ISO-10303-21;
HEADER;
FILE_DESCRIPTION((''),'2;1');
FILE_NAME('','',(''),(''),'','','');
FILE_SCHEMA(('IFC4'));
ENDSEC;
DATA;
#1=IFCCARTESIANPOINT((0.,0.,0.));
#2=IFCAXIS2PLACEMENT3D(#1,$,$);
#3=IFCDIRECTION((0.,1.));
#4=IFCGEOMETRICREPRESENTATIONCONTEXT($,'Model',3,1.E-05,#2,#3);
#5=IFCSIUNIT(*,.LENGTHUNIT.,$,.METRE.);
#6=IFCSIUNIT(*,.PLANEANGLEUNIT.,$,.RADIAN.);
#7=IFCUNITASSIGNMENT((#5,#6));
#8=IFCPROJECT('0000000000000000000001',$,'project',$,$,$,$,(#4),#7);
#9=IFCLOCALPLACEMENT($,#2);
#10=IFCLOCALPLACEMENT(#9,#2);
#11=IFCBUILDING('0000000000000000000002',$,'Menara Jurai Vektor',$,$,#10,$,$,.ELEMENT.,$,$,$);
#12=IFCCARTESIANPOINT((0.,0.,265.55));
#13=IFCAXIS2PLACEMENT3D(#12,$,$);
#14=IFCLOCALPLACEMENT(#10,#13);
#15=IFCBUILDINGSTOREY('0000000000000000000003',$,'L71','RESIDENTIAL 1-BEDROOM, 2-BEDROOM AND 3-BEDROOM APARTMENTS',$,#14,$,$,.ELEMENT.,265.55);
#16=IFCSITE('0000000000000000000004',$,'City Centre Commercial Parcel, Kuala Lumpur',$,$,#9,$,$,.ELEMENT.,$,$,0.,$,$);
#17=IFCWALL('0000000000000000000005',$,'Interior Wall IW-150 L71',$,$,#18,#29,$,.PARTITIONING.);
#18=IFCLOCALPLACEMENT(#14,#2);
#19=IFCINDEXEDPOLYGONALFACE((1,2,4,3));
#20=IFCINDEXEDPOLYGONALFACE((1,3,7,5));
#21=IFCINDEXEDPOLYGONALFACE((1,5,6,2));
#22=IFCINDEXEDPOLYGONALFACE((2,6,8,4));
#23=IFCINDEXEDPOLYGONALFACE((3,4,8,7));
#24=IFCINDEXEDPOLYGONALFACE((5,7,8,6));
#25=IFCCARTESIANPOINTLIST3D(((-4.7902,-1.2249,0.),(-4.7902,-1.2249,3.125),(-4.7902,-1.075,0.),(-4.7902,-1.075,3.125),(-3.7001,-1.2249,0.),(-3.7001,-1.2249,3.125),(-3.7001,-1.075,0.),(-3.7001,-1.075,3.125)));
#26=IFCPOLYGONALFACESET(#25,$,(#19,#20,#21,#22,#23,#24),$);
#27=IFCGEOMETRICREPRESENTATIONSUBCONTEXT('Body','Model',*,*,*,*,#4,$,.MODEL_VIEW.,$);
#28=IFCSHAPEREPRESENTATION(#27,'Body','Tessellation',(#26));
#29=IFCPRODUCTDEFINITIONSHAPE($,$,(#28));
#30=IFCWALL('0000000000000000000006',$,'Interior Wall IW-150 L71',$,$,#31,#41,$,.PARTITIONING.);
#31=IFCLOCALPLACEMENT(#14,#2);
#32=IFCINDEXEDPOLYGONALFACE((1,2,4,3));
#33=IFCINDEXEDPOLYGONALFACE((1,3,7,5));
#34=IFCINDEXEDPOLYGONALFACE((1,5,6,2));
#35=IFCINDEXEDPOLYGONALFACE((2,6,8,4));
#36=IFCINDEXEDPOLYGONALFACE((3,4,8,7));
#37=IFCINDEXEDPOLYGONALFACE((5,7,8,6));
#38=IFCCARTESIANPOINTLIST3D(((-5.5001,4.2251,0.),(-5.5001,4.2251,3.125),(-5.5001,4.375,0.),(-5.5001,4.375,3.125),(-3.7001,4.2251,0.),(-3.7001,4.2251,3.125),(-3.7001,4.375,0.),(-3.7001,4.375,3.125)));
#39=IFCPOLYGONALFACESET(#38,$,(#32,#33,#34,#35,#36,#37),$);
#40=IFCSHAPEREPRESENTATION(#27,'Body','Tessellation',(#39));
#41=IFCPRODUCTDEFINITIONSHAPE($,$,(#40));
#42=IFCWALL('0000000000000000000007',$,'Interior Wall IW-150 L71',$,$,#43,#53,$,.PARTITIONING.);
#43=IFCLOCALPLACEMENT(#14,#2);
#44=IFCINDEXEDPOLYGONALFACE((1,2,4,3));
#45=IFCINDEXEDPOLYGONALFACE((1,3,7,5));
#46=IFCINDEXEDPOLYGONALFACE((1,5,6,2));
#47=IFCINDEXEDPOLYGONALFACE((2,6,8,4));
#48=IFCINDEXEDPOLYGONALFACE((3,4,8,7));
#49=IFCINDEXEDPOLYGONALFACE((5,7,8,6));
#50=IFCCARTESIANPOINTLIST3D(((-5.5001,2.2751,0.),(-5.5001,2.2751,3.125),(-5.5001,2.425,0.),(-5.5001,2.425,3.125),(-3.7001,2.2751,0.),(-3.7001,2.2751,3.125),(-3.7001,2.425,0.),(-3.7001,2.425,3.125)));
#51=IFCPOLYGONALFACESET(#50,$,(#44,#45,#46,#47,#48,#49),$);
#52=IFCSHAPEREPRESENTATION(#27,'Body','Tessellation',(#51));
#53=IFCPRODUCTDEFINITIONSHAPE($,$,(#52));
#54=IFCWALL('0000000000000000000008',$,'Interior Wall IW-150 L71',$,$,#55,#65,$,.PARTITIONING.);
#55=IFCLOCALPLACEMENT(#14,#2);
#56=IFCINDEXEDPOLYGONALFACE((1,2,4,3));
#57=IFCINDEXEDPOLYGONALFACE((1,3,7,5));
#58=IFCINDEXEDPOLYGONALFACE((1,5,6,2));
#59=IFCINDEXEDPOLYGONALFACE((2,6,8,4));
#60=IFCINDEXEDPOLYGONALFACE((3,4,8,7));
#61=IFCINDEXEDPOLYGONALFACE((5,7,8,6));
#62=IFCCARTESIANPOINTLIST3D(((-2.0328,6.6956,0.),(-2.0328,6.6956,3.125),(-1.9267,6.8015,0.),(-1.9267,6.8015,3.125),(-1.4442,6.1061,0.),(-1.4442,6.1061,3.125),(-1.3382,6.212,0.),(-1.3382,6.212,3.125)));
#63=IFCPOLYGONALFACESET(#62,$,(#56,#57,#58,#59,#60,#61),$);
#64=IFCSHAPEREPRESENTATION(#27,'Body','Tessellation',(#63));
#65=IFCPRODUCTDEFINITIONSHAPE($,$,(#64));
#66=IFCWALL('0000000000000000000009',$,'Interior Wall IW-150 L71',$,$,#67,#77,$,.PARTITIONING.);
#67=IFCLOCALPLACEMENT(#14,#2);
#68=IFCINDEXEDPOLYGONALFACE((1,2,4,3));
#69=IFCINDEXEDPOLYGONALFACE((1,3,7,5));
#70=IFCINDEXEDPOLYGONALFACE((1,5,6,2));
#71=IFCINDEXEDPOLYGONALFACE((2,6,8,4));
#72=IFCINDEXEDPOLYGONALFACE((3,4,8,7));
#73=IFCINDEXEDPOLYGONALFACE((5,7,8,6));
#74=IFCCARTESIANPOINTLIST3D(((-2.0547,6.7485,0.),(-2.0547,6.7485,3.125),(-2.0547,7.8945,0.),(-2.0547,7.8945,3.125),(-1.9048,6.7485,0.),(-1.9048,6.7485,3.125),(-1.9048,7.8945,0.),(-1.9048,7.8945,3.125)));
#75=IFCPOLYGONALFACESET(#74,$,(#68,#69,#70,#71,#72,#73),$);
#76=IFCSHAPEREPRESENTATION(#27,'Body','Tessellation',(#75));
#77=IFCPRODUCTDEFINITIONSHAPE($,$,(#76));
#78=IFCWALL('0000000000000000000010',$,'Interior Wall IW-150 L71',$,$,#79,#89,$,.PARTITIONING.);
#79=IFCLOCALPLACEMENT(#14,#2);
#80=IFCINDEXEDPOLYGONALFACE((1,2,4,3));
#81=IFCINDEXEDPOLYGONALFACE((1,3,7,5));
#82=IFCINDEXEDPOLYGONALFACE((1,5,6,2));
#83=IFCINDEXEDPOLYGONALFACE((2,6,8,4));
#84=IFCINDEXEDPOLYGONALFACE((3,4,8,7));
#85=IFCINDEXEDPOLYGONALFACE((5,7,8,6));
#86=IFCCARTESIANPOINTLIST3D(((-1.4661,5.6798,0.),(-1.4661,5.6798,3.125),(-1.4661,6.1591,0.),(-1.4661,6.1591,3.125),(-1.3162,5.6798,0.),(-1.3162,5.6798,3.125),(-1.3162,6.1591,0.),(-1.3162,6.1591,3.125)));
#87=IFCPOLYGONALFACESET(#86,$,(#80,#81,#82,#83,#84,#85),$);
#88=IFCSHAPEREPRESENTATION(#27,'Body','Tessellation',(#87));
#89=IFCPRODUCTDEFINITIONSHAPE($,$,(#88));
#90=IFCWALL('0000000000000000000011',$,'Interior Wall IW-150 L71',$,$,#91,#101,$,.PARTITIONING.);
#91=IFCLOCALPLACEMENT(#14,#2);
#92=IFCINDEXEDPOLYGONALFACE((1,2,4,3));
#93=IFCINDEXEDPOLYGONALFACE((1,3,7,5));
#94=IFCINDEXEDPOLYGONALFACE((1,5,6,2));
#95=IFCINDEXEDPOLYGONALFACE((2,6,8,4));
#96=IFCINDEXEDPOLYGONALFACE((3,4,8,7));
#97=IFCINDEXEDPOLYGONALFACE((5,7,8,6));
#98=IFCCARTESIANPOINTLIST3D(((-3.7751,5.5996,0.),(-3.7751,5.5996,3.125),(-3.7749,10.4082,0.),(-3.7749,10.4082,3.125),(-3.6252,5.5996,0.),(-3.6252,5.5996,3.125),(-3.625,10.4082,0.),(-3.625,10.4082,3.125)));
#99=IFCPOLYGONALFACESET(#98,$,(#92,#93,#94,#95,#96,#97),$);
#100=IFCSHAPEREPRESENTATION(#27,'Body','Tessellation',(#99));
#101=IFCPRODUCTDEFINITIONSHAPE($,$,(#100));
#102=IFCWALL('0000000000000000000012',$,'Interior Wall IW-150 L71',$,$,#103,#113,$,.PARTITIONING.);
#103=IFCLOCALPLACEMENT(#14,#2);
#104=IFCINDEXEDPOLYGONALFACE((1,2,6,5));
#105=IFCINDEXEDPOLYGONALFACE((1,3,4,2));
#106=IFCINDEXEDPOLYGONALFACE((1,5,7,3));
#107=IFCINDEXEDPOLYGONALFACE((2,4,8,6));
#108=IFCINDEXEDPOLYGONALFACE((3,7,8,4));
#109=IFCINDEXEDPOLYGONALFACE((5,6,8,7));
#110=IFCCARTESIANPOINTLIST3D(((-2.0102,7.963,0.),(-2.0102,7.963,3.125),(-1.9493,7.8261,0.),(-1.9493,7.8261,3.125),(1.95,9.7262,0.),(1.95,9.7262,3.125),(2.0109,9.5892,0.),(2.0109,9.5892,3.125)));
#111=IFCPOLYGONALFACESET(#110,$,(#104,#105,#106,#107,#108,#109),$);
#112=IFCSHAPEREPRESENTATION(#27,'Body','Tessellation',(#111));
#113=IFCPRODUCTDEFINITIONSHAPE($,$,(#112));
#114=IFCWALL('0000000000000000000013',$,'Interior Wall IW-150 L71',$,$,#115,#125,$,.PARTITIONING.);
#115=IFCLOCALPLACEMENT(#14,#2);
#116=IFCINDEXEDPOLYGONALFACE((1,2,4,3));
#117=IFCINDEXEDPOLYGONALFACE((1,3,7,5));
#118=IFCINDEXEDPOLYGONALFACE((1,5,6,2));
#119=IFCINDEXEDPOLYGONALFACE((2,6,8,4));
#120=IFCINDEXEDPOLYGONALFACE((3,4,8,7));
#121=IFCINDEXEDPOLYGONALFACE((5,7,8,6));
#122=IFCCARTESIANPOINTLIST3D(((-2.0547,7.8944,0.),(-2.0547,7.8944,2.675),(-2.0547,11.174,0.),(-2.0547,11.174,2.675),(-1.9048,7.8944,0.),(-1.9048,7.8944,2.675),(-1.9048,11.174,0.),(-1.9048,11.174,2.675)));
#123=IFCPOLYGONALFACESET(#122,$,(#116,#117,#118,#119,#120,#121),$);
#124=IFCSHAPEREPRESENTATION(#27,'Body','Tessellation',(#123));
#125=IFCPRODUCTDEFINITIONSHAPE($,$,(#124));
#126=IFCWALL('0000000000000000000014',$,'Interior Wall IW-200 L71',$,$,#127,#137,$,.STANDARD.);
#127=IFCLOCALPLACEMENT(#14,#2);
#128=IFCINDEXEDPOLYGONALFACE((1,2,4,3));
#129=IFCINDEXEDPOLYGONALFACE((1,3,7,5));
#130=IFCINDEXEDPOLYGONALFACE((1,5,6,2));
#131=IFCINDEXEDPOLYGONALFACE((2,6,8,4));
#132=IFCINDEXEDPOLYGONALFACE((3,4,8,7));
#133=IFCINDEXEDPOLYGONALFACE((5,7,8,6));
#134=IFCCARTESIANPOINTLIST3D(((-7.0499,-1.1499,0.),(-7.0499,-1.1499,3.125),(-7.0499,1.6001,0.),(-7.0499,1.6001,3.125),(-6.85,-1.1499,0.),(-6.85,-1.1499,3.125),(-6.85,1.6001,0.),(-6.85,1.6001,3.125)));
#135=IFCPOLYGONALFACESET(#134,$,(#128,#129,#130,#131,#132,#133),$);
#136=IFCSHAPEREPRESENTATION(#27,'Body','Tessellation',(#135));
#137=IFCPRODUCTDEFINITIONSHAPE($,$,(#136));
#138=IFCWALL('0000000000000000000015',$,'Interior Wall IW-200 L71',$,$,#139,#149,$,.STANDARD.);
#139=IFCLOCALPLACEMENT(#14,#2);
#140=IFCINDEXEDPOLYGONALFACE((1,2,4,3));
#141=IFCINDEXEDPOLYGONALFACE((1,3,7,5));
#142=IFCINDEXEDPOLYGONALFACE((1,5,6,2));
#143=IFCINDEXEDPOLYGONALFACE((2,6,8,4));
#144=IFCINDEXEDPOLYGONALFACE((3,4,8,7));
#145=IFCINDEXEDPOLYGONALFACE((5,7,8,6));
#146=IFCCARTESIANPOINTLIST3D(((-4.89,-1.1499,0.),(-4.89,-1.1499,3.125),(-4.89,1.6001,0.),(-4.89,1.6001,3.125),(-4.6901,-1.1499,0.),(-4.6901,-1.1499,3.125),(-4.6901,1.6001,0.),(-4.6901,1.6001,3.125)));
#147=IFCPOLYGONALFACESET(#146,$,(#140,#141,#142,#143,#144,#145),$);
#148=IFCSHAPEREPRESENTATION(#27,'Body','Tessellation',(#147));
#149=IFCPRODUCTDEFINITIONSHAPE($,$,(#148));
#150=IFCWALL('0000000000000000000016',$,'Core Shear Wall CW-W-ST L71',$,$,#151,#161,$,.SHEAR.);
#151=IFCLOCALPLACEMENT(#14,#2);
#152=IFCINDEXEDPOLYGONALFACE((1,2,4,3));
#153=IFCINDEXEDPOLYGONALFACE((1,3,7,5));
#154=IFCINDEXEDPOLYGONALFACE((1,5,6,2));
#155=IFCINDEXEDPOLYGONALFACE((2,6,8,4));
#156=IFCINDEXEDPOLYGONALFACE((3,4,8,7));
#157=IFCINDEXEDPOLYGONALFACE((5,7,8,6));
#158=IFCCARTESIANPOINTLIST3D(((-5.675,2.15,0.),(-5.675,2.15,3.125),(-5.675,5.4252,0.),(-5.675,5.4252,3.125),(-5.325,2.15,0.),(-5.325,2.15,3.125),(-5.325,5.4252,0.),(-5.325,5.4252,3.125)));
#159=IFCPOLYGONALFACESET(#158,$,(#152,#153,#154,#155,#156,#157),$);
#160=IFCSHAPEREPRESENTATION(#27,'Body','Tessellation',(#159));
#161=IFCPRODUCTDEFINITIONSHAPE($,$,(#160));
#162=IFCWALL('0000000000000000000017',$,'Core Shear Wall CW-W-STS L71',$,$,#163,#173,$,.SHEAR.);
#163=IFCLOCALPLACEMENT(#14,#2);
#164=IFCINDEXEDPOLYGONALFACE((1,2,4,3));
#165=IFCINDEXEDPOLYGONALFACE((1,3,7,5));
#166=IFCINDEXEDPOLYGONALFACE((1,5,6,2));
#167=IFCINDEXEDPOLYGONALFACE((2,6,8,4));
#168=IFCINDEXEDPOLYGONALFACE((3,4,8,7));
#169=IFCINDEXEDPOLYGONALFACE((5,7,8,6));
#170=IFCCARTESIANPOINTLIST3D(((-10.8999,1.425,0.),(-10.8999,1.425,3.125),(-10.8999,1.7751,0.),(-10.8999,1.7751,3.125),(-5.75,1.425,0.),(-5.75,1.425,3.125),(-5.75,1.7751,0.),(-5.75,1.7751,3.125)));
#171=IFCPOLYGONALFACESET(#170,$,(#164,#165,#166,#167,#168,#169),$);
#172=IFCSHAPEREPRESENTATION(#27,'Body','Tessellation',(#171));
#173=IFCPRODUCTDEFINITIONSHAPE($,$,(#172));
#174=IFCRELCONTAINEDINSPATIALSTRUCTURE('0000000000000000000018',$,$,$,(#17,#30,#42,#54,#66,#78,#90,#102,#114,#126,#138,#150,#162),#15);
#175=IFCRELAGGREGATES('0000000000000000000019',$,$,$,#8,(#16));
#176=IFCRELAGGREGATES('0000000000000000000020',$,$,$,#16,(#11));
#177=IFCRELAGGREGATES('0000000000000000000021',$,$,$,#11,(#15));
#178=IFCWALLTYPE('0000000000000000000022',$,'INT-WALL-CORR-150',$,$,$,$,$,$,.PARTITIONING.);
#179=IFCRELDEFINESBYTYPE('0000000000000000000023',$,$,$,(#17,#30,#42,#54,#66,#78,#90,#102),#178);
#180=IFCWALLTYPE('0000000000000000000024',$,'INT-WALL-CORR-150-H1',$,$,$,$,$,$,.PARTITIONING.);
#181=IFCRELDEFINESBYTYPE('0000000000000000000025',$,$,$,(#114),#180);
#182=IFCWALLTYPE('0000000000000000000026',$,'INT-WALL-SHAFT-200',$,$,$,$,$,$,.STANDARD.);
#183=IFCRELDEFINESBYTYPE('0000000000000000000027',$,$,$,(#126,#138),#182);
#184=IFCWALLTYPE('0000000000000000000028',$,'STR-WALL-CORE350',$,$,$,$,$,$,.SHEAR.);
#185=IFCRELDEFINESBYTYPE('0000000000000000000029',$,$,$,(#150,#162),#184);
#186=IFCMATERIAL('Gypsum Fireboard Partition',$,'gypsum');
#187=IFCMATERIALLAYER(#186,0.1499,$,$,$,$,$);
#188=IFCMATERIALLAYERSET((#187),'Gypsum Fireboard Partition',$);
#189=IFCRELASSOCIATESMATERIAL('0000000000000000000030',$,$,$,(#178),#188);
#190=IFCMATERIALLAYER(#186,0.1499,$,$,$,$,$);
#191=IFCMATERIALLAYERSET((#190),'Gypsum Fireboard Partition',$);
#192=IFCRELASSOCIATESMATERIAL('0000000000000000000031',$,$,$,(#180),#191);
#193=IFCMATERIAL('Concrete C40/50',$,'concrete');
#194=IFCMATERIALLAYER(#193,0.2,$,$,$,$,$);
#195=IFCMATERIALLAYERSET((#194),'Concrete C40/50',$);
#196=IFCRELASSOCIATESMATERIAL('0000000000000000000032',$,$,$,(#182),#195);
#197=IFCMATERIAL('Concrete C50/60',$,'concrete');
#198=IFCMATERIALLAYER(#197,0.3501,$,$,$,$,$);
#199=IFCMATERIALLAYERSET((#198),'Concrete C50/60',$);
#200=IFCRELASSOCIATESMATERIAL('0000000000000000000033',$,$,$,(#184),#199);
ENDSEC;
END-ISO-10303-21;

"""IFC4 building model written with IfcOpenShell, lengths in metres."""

from ifc_helpers import new_model, si_unit, direction, frame, frame_2d, origin, place, context, subcontext, project, spatial, rectangle, extrude, material, layer, layer_set, type_object, element, save


model = new_model("IFC4")

# Units and contexts
model_context = context("Model", 3, precision=1e-05, world=origin(), true_north=direction((0.0, 1.0)))
body_context = subcontext(model_context, "Body", "Model", "MODEL_VIEW")
ifc_project = project(units=[si_unit("LENGTHUNIT", "METRE"), si_unit("PLANEANGLEUNIT", "RADIAN")], contexts=[model_context])

# Site, building, storey
site_placement = place(None, origin())
site = spatial("IfcSite", under=ifc_project, at=site_placement, Name="City Centre Commercial Parcel, Kuala Lumpur", CompositionType="ELEMENT", RefElevation=0.0)
building_placement = place(site_placement, origin())
building = spatial("IfcBuilding", under=site, at=building_placement, Name="Menara Jurai Vektor", CompositionType="ELEMENT")
storey_placement = place(building_placement, frame((0.0, 0.0, 265.55)))
storey = spatial("IfcBuildingStorey", under=building, at=storey_placement, Name="L71", Description="RESIDENTIAL 1-BEDROOM, 2-BEDROOM AND 3-BEDROOM APARTMENTS", CompositionType="ELEMENT", Elevation=265.55)

# Shared definitions
ifc_material_1 = material(Name="Concrete C50/60", Category="concrete")

# Walls
ifc_material_2 = material(Name="Concrete C40/50", Category="concrete")
ifc_material_3 = material(Name="Gypsum Fireboard Partition", Category="gypsum")
ifc_layer_1 = layer(ifc_material_3, 0.1499)
ifc_layer_set_1 = layer_set([ifc_layer_1], Name="Gypsum Fireboard Partition")
wall_type_1 = type_object("IfcWallType", Name="INT-WALL-CORR-150", PredefinedType="PARTITIONING", material=ifc_layer_set_1)
wall_1_placement = place(storey_placement, frame((-4.79, -1.1499, 0.0), z_axis=(0.0, 0.0, 1.0), x_axis=(1.0, 0.0, 0.0)))
element("IfcWall", 1, at=wall_1_placement, inside=storey, type_object=wall_type_1, Name="Interior Wall IW-150 L71", PredefinedType="PARTITIONING", context=body_context, shape_type="SweptSolid", body=[
    extrude(rectangle(XDim=1.0901, YDim=0.1499, at=frame_2d((0.5449, 0.0))), origin(), (0.0, 0.0, 1.0), 3.125),
])
for number, where, z_axis, x_axis, name in (
    (2, (-5.5, 4.3, 0.0), (0.0, 0.0, 1.0), (1.0, 0.0, 0.0), "Interior Wall IW-150 L71"),
    (3, (-5.5, 2.3501, 0.0), (0.0, 0.0, 1.0), (1.0, 0.0, 0.0), "Interior Wall IW-150 L71"),
):
    element("IfcWall", number, at=place(storey_placement, frame(where, z_axis=z_axis, x_axis=x_axis)), inside=storey, type_object=wall_type_1, Name=name, PredefinedType="PARTITIONING", context=body_context, shape_type="SweptSolid", body=[
        extrude(rectangle(XDim=1.8, YDim=0.1499, at=frame_2d((0.8999, 0.0))), origin(), (0.0, 0.0, 1.0), 3.125),
    ])
wall_2_placement = place(storey_placement, frame((-1.9797, 6.7485, 0.0), z_axis=(0.0, 0.0, 1.0), x_axis=(0.70652, -0.707693, 0.0)))
element("IfcWall", 4, at=wall_2_placement, inside=storey, type_object=wall_type_1, Name="Interior Wall IW-150 L71", PredefinedType="PARTITIONING", context=body_context, shape_type="SweptSolid", body=[
    extrude(rectangle(XDim=0.833, YDim=0.1499, at=frame_2d((0.4165, 0.0))), origin(), (0.0, 0.0, 1.0), 3.125),
])
wall_3_placement = place(storey_placement, frame((-1.9797, 6.7485, 0.0), z_axis=(0.0, 0.0, 1.0), x_axis=(0.0, 1.0, 0.0)))
element("IfcWall", 5, at=wall_3_placement, inside=storey, type_object=wall_type_1, Name="Interior Wall IW-150 L71", PredefinedType="PARTITIONING", context=body_context, shape_type="SweptSolid", body=[
    extrude(rectangle(XDim=1.146, YDim=0.1499, at=frame_2d((0.573, 0.0))), origin(), (0.0, 0.0, 1.0), 3.125),
])
wall_4_placement = place(storey_placement, frame((-1.3911, 5.6797, 0.0), z_axis=(0.0, 0.0, 1.0), x_axis=(0.0, 1.0, 0.0)))
element("IfcWall", 6, at=wall_4_placement, inside=storey, type_object=wall_type_1, Name="Interior Wall IW-150 L71", PredefinedType="PARTITIONING", context=body_context, shape_type="SweptSolid", body=[
    extrude(rectangle(XDim=0.4792, YDim=0.1499, at=frame_2d((0.2397, 0.0))), origin(), (0.0, 0.0, 1.0), 3.125),
])
wall_5_placement = place(storey_placement, frame((-3.7002, 5.5996, 0.0), z_axis=(0.0, 0.0, 1.0), x_axis=(0.000051, 1.0, 0.0)))
element("IfcWall", 7, at=wall_5_placement, inside=storey, type_object=wall_type_1, Name="Interior Wall IW-150 L71", PredefinedType="PARTITIONING", context=body_context, shape_type="SweptSolid", body=[
    extrude(rectangle(XDim=4.8086, YDim=0.1499, at=frame_2d((2.4043, 0.0))), origin(), (0.0, 0.0, 1.0), 3.125),
])
wall_6_placement = place(storey_placement, frame((-1.9797, 7.8945, 0.0), z_axis=(0.0, 0.0, 1.0), x_axis=(0.913547, 0.406734, 0.0)))
element("IfcWall", 8, at=wall_6_placement, inside=storey, type_object=wall_type_1, Name="Interior Wall IW-150 L71", PredefinedType="PARTITIONING", context=body_context, shape_type="SweptSolid", body=[
    extrude(rectangle(XDim=4.335, YDim=0.1499, at=frame_2d((2.1675, 0.0))), origin(), (0.0, 0.0, 1.0), 3.125),
])
ifc_layer_2 = layer(ifc_material_3, 0.1499)
ifc_layer_set_2 = layer_set([ifc_layer_2], Name="Gypsum Fireboard Partition")
wall_type_2 = type_object("IfcWallType", Name="INT-WALL-CORR-150-H1", PredefinedType="PARTITIONING", material=ifc_layer_set_2)
wall_7_placement = place(storey_placement, frame((-1.9797, 7.8945, 0.0), z_axis=(0.0, 0.0, 1.0), x_axis=(0.0, 1.0, 0.0)))
element("IfcWall", 9, at=wall_7_placement, inside=storey, type_object=wall_type_2, Name="Interior Wall IW-150 L71", PredefinedType="PARTITIONING", context=body_context, shape_type="SweptSolid", body=[
    extrude(rectangle(XDim=3.2795, YDim=0.1499, at=frame_2d((1.6396, 0.0))), origin(), (0.0, 0.0, 1.0), 2.675),
])

# Shared definitions
ifc_layer_3 = layer(ifc_material_2, 0.2)
ifc_layer_set_3 = layer_set([ifc_layer_3], Name="Concrete C40/50")
wall_type_3 = type_object("IfcWallType", Name="INT-WALL-SHAFT-200", PredefinedType="STANDARD", material=ifc_layer_set_3)

# Wall
wall_8_placement = place(storey_placement, frame((-6.95, -1.1499, 0.0), z_axis=(0.0, 0.0, 1.0), x_axis=(0.0, 1.0, 0.0)))
element("IfcWall", 10, at=wall_8_placement, inside=storey, type_object=wall_type_3, Name="Interior Wall IW-200 L71", PredefinedType="STANDARD", context=body_context, shape_type="SweptSolid", body=[
    extrude(rectangle(XDim=2.75, YDim=0.2, at=frame_2d((1.375, 0.0))), origin(), (0.0, 0.0, 1.0), 3.125),
])

# Wall
wall_9_placement = place(storey_placement, frame((-4.79, -1.1499, 0.0), z_axis=(0.0, 0.0, 1.0), x_axis=(0.0, 1.0, 0.0)))
element("IfcWall", 11, at=wall_9_placement, inside=storey, type_object=wall_type_3, Name="Interior Wall IW-200 L71", PredefinedType="STANDARD", context=body_context, shape_type="SweptSolid", body=[
    extrude(rectangle(XDim=2.75, YDim=0.2, at=frame_2d((1.375, 0.0))), origin(), (0.0, 0.0, 1.0), 3.125),
])

# Walls
ifc_layer_4 = layer(ifc_material_1, 0.3501)
ifc_layer_set_4 = layer_set([ifc_layer_4], Name="Concrete C50/60")
wall_type_4 = type_object("IfcWallType", Name="STR-WALL-CORE350", PredefinedType="SHEAR", material=ifc_layer_set_4)
wall_10_placement = place(storey_placement, frame((-5.5, 2.1499, 0.0), z_axis=(0.0, 0.0, 1.0), x_axis=(0.0, 1.0, 0.0)))
element("IfcWall", 12, at=wall_10_placement, inside=storey, type_object=wall_type_4, Name="Core Shear Wall CW-W-ST L71", PredefinedType="SHEAR", context=body_context, shape_type="SweptSolid", body=[
    extrude(rectangle(XDim=3.2751, YDim=0.3501, at=frame_2d((1.6377, 0.0))), origin(), (0.0, 0.0, 1.0), 3.125),
])
wall_11_placement = place(storey_placement, frame((-10.8999, 1.6001, 0.0), z_axis=(0.0, 0.0, 1.0), x_axis=(1.0, 0.0, 0.0)))
element("IfcWall", 13, at=wall_11_placement, inside=storey, type_object=wall_type_4, Name="Core Shear Wall CW-W-STS L71", PredefinedType="SHEAR", context=body_context, shape_type="SweptSolid", body=[
    extrude(rectangle(XDim=5.1499, YDim=0.3501, at=frame_2d((2.575, 0.0))), origin(), (0.0, 0.0, 1.0), 3.125),
])

save(model, "model.ifc")
